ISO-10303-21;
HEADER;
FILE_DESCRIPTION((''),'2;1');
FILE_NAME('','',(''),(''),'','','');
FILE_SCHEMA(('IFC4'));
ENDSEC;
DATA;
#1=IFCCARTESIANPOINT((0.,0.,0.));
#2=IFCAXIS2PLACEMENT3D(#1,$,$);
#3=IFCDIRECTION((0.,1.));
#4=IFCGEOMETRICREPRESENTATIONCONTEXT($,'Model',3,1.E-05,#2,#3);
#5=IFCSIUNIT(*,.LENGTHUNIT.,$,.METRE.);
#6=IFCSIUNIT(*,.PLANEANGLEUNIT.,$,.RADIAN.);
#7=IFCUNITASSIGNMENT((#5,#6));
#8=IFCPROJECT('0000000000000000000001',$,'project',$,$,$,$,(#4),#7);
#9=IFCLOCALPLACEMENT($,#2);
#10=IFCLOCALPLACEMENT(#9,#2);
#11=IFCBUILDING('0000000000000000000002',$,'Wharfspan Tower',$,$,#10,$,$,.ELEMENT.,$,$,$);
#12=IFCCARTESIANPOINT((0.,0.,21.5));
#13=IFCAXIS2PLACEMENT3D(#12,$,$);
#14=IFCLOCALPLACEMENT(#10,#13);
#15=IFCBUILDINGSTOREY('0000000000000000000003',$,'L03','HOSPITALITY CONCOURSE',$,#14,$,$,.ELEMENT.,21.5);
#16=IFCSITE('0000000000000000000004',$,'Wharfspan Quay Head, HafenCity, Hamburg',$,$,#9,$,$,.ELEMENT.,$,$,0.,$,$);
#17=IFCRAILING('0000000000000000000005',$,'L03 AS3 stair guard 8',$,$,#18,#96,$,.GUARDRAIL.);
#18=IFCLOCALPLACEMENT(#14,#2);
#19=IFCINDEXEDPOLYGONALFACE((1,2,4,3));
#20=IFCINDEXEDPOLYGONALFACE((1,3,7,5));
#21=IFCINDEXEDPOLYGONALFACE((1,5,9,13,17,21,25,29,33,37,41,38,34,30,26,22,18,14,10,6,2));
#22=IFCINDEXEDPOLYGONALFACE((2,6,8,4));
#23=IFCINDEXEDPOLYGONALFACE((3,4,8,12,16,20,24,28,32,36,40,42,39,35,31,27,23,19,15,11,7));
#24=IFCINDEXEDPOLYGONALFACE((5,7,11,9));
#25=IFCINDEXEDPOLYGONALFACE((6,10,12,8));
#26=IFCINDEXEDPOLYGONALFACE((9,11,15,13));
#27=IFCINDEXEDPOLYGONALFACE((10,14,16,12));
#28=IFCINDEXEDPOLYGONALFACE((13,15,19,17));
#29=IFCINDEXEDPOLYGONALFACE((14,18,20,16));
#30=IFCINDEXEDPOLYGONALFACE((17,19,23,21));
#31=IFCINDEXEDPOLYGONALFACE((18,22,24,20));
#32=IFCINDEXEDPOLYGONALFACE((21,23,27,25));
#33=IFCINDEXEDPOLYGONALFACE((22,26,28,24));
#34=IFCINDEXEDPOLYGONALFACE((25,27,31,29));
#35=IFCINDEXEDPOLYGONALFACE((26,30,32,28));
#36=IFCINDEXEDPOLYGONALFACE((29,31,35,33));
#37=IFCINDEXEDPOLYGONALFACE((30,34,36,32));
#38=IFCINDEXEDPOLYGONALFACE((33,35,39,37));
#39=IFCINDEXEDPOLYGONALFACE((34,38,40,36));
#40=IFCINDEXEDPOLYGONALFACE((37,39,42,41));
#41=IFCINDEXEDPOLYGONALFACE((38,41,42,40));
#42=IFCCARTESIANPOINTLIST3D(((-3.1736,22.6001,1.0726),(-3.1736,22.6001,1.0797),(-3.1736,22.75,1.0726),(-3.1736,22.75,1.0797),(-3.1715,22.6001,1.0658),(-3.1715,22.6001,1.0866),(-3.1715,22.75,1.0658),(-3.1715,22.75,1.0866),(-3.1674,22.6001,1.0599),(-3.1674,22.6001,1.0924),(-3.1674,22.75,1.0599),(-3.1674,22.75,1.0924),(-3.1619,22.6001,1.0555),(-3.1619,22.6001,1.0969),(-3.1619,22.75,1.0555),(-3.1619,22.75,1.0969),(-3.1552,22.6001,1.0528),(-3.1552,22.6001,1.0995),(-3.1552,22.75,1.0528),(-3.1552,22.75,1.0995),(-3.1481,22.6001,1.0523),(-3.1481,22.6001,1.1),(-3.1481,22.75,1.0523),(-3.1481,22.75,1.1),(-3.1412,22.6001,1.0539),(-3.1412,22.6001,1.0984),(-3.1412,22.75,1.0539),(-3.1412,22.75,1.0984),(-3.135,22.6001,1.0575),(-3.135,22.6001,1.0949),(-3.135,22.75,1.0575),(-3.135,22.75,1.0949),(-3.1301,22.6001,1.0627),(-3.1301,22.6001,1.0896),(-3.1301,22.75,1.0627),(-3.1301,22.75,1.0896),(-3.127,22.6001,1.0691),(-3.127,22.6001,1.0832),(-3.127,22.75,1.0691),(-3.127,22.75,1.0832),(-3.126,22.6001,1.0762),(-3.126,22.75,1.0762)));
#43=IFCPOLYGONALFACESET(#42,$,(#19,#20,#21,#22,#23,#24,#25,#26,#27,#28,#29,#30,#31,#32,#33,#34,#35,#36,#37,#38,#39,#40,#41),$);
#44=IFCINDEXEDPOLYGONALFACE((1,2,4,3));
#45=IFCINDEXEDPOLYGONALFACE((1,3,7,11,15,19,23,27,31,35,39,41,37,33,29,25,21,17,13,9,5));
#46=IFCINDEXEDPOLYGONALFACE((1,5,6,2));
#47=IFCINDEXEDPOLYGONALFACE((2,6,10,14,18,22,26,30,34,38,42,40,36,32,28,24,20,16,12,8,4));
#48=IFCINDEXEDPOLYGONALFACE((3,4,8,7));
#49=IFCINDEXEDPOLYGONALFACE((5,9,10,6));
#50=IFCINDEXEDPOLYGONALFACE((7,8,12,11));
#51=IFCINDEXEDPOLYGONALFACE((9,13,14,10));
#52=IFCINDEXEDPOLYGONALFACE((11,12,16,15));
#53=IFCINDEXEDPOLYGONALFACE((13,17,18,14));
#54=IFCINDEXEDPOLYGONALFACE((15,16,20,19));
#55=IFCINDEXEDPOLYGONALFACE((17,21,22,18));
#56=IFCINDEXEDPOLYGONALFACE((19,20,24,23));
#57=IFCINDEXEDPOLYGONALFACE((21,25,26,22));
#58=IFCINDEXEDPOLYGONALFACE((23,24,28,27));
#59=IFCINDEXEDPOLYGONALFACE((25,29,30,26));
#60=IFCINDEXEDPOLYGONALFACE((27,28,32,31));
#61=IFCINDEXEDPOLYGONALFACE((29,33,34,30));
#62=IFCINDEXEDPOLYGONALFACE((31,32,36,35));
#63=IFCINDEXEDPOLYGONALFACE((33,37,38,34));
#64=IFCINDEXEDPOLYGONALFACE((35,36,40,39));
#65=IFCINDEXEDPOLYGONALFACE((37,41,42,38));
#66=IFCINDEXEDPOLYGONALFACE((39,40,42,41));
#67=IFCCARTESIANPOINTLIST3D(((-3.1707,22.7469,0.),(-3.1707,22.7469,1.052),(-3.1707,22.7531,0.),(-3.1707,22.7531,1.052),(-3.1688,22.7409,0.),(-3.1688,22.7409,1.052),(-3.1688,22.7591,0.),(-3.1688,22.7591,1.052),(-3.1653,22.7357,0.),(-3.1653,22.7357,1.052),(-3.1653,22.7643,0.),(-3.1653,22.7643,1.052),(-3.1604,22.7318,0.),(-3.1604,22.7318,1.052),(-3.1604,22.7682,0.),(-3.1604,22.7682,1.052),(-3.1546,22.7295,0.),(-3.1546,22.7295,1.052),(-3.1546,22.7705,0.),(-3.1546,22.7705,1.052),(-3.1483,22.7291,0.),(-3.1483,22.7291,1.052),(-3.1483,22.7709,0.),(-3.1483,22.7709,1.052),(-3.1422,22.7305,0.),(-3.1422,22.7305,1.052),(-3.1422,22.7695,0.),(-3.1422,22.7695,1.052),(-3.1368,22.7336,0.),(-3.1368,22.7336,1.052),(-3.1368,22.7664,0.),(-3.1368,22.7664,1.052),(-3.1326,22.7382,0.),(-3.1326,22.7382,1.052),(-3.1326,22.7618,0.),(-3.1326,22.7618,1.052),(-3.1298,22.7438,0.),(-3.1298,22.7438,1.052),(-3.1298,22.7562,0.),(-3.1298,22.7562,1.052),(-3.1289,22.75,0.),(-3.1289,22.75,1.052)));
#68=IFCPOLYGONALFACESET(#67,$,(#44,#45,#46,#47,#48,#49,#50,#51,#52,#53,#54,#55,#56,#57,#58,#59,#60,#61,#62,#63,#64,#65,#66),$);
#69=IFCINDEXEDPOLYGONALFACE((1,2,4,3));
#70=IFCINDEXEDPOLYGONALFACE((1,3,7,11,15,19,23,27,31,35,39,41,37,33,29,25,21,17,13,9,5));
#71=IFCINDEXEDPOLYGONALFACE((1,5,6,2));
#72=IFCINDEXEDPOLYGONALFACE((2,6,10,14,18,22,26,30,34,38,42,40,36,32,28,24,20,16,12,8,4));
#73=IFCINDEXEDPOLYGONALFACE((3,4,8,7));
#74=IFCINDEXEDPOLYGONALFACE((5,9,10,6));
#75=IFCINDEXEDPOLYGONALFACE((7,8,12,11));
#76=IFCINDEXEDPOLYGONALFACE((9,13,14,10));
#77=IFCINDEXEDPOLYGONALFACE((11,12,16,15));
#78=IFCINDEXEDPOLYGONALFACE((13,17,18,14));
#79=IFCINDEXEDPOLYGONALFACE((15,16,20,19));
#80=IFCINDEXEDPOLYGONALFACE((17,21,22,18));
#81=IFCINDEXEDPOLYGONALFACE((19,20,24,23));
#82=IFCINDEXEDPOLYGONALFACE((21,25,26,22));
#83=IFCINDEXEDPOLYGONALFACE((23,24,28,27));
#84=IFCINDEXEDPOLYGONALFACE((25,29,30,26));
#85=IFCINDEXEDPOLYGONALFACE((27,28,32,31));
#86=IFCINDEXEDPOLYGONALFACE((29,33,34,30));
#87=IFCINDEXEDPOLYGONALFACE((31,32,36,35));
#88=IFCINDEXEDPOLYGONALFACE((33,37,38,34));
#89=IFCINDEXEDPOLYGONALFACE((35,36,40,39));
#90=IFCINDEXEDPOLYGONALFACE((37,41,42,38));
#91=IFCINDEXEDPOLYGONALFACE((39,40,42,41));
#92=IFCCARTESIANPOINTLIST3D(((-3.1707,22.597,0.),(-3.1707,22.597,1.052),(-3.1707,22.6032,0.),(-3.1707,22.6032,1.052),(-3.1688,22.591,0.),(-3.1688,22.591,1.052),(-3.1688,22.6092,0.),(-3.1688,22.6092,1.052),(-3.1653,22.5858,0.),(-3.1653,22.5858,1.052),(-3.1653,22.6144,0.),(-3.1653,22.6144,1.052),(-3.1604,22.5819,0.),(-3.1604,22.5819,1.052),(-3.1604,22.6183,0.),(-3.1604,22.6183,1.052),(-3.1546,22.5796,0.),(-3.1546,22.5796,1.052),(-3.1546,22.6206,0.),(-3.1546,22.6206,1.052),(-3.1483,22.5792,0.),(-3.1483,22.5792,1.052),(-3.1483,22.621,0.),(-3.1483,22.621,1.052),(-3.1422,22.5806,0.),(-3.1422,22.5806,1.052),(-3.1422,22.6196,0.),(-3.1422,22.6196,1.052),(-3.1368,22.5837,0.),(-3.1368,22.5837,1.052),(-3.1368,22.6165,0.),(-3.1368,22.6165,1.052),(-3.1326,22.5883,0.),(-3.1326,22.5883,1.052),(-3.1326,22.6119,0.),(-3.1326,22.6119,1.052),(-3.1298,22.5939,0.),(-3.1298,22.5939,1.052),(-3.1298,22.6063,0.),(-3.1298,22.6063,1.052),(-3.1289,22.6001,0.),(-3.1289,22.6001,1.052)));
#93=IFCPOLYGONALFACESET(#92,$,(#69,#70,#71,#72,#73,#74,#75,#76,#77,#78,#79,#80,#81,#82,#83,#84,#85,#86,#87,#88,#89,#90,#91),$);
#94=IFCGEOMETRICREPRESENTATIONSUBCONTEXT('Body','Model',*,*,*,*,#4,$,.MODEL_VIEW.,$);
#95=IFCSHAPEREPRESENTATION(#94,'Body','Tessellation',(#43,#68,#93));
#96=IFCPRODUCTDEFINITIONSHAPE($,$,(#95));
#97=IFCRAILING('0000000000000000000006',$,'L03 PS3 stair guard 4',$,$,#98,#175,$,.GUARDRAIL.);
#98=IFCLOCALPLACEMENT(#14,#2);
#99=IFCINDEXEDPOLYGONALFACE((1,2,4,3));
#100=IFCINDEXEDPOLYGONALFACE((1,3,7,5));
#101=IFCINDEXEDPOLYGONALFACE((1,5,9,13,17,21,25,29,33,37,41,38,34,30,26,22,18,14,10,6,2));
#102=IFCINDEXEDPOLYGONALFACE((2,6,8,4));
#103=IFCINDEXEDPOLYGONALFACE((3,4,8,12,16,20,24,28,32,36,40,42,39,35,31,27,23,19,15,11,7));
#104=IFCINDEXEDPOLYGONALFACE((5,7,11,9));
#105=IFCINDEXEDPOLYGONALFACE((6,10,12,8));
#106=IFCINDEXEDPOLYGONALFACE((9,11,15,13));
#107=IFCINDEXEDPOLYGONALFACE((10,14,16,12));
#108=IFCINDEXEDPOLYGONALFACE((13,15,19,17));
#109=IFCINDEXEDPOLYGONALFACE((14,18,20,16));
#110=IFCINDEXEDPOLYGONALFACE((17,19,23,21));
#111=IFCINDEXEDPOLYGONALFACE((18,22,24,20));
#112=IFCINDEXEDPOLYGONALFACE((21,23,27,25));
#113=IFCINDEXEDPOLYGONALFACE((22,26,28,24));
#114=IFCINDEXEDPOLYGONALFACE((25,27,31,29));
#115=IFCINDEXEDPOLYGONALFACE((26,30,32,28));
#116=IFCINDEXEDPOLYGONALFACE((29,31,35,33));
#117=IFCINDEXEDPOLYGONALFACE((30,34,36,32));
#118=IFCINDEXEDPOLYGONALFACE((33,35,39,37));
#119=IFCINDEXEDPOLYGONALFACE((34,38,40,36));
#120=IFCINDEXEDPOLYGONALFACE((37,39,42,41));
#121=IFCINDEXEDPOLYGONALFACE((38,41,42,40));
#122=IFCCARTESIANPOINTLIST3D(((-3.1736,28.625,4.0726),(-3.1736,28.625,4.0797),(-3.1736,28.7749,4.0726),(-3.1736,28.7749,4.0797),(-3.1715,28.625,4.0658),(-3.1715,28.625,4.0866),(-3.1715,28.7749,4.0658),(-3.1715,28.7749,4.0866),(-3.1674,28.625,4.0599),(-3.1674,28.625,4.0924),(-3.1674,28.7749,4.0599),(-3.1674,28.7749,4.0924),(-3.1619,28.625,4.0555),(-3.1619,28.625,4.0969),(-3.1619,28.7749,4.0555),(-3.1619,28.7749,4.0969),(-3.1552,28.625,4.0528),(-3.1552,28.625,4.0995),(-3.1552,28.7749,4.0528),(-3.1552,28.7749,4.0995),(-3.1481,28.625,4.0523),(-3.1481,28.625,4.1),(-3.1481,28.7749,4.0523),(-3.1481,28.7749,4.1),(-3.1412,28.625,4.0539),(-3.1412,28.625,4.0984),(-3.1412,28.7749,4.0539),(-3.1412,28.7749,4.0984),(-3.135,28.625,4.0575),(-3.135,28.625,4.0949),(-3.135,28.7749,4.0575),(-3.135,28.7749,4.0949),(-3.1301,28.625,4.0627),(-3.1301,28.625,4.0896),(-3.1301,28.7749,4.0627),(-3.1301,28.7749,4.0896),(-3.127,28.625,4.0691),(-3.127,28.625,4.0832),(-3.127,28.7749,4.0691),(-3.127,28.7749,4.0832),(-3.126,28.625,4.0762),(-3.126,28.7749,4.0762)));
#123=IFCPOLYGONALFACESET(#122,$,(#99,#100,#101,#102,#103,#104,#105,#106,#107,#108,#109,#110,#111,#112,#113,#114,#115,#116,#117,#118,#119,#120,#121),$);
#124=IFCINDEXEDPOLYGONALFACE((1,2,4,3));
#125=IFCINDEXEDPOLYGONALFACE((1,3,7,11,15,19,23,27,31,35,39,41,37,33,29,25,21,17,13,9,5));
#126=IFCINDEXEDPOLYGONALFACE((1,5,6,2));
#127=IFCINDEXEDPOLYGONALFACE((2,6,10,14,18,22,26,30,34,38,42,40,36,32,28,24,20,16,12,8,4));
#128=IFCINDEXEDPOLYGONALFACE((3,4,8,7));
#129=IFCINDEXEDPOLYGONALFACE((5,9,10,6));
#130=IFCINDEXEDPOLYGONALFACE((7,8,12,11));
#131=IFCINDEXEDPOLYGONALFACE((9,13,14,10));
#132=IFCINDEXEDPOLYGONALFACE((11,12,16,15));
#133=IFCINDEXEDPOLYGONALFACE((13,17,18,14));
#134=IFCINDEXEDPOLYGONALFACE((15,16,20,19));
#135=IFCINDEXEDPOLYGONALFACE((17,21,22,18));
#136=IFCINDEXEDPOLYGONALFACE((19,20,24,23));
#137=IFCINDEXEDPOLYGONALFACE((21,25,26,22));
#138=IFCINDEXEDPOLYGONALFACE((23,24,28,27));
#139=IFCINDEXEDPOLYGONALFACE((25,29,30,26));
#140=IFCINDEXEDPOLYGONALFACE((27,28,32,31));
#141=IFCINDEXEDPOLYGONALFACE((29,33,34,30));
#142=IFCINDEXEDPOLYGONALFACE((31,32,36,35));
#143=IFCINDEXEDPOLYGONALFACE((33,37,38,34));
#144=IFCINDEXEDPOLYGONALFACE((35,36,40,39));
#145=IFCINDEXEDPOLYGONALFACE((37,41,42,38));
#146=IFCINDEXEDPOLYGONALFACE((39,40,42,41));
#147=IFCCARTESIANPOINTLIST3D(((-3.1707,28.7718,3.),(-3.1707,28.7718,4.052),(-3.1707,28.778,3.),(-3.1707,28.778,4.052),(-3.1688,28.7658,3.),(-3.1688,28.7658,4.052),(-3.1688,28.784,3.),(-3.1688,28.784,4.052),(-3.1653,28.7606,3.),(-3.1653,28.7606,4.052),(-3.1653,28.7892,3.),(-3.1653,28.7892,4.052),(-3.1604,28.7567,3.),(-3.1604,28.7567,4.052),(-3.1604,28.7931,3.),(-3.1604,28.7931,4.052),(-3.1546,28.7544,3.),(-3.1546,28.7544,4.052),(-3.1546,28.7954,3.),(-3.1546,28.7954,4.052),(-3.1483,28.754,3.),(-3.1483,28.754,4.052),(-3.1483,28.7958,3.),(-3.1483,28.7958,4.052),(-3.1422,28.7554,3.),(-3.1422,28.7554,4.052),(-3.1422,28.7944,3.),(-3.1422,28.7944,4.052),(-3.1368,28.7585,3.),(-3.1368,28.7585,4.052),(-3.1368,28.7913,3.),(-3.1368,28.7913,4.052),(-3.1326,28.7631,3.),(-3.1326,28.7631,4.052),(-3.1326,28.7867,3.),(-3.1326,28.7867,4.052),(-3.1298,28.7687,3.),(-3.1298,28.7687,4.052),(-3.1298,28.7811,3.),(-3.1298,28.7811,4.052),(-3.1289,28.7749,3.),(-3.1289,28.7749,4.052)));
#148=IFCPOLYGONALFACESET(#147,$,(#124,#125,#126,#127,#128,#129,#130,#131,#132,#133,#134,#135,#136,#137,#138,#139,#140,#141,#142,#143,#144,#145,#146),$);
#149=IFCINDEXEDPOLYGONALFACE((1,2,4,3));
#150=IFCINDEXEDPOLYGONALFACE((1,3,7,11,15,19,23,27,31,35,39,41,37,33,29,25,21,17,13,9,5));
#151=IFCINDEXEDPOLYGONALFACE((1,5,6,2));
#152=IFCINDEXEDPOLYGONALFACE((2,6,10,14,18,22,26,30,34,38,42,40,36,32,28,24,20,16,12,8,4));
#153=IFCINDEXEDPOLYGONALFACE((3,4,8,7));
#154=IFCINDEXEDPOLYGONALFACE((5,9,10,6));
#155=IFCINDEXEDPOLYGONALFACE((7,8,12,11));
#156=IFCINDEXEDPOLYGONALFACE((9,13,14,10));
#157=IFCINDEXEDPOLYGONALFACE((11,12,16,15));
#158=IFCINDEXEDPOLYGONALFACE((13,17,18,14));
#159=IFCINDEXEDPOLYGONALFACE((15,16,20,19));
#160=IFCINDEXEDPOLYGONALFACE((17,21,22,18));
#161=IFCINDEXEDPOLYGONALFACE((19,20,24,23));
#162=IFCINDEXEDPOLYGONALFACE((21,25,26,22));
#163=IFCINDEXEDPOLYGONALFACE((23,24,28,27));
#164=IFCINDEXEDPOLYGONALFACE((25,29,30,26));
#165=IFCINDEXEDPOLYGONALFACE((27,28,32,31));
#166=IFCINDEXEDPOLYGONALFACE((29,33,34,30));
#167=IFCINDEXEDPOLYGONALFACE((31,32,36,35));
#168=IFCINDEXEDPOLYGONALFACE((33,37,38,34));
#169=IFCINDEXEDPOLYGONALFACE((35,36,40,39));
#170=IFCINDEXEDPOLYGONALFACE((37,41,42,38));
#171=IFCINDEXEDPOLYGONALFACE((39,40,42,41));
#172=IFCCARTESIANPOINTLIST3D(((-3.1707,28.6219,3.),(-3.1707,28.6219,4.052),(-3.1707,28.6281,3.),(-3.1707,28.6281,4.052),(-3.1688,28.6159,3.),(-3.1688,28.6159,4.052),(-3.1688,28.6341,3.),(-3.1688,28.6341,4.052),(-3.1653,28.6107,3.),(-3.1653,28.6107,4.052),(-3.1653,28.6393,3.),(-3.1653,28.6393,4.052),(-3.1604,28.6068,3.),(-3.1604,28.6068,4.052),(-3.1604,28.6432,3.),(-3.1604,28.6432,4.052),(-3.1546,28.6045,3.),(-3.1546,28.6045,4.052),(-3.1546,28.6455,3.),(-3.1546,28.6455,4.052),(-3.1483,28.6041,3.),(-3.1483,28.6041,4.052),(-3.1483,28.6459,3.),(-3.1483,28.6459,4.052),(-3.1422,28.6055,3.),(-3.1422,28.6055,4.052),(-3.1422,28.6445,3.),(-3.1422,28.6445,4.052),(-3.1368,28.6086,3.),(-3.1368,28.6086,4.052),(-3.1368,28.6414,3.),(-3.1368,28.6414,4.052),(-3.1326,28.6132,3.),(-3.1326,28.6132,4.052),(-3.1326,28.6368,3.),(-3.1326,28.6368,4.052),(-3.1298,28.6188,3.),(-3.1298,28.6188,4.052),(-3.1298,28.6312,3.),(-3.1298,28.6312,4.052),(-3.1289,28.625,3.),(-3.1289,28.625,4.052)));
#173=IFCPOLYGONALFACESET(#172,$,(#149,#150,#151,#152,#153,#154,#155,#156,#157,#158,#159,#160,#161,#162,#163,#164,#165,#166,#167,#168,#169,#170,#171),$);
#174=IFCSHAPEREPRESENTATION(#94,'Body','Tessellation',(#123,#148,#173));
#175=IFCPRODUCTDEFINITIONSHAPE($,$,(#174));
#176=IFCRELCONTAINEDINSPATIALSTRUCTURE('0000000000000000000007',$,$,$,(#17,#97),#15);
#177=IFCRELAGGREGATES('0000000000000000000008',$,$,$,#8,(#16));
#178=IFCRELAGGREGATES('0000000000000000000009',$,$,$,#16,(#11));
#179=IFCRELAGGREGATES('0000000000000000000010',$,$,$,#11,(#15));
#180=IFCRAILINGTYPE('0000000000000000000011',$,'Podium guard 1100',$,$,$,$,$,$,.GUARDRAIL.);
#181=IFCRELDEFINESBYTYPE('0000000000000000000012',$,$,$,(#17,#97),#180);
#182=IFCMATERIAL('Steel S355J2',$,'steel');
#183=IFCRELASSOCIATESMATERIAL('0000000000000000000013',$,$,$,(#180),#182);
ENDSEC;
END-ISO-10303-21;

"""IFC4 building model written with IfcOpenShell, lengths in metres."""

from ifc_helpers import new_model, si_unit, direction, frame, origin, origin_2d, place, context, subcontext, project, spatial, circle, extrude, material, type_object, element, save


model = new_model("IFC4")

# Units and contexts
model_context = context("Model", 3, precision=1e-05, world=origin(), true_north=direction((0.0, 1.0)))
body_context = subcontext(model_context, "Body", "Model", "MODEL_VIEW")
ifc_project = project(units=[si_unit("LENGTHUNIT", "METRE"), si_unit("PLANEANGLEUNIT", "RADIAN")], contexts=[model_context])

# Site, building, storey
site_placement = place(None, origin())
site = spatial("IfcSite", under=ifc_project, at=site_placement, Name="Wharfspan Quay Head, HafenCity, Hamburg", CompositionType="ELEMENT", RefElevation=0.0)
building_placement = place(site_placement, origin())
building = spatial("IfcBuilding", under=site, at=building_placement, Name="Wharfspan Tower", CompositionType="ELEMENT")
storey_placement = place(building_placement, frame((0.0, 0.0, 21.5)))
storey = spatial("IfcBuildingStorey", under=building, at=storey_placement, Name="L03", Description="HOSPITALITY CONCOURSE", CompositionType="ELEMENT", Elevation=21.5)

# Railings
ifc_material_1 = material(Name="Steel S355J2", Category="steel")
railing_type = type_object("IfcRailingType", Name="Podium guard 1100", PredefinedType="GUARDRAIL", material=ifc_material_1)
for number, where, name in (
    (1, (-3.1499, 22.75, 0.0), "L03 AS3 stair guard 8"),
    (2, (-3.1499, 28.7749, 3.0), "L03 PS3 stair guard 4"),
):
    element("IfcRailing", number, at=place(storey_placement, frame(where)), inside=storey, type_object=railing_type, Name=name, PredefinedType="GUARDRAIL", context=body_context, shape_type="SweptSolid", body=[
        extrude(circle(Radius=0.0239, at=origin_2d()), frame((0.0, 0.0, 1.0762), z_axis=(0.0, -1.0, 0.0), x_axis=(1.0, 0.0, 0.0)), (0.0, 0.0, 1.0), 0.1499),
        extrude(circle(Radius=0.021, at=origin_2d()), origin(), (0.0, 0.0, 1.0), 1.052),
        extrude(circle(Radius=0.021, at=origin_2d()), frame((0.0, -0.1499, 0.0)), (0.0, 0.0, 1.0), 1.052),
    ])

save(model, "model.ifc")
